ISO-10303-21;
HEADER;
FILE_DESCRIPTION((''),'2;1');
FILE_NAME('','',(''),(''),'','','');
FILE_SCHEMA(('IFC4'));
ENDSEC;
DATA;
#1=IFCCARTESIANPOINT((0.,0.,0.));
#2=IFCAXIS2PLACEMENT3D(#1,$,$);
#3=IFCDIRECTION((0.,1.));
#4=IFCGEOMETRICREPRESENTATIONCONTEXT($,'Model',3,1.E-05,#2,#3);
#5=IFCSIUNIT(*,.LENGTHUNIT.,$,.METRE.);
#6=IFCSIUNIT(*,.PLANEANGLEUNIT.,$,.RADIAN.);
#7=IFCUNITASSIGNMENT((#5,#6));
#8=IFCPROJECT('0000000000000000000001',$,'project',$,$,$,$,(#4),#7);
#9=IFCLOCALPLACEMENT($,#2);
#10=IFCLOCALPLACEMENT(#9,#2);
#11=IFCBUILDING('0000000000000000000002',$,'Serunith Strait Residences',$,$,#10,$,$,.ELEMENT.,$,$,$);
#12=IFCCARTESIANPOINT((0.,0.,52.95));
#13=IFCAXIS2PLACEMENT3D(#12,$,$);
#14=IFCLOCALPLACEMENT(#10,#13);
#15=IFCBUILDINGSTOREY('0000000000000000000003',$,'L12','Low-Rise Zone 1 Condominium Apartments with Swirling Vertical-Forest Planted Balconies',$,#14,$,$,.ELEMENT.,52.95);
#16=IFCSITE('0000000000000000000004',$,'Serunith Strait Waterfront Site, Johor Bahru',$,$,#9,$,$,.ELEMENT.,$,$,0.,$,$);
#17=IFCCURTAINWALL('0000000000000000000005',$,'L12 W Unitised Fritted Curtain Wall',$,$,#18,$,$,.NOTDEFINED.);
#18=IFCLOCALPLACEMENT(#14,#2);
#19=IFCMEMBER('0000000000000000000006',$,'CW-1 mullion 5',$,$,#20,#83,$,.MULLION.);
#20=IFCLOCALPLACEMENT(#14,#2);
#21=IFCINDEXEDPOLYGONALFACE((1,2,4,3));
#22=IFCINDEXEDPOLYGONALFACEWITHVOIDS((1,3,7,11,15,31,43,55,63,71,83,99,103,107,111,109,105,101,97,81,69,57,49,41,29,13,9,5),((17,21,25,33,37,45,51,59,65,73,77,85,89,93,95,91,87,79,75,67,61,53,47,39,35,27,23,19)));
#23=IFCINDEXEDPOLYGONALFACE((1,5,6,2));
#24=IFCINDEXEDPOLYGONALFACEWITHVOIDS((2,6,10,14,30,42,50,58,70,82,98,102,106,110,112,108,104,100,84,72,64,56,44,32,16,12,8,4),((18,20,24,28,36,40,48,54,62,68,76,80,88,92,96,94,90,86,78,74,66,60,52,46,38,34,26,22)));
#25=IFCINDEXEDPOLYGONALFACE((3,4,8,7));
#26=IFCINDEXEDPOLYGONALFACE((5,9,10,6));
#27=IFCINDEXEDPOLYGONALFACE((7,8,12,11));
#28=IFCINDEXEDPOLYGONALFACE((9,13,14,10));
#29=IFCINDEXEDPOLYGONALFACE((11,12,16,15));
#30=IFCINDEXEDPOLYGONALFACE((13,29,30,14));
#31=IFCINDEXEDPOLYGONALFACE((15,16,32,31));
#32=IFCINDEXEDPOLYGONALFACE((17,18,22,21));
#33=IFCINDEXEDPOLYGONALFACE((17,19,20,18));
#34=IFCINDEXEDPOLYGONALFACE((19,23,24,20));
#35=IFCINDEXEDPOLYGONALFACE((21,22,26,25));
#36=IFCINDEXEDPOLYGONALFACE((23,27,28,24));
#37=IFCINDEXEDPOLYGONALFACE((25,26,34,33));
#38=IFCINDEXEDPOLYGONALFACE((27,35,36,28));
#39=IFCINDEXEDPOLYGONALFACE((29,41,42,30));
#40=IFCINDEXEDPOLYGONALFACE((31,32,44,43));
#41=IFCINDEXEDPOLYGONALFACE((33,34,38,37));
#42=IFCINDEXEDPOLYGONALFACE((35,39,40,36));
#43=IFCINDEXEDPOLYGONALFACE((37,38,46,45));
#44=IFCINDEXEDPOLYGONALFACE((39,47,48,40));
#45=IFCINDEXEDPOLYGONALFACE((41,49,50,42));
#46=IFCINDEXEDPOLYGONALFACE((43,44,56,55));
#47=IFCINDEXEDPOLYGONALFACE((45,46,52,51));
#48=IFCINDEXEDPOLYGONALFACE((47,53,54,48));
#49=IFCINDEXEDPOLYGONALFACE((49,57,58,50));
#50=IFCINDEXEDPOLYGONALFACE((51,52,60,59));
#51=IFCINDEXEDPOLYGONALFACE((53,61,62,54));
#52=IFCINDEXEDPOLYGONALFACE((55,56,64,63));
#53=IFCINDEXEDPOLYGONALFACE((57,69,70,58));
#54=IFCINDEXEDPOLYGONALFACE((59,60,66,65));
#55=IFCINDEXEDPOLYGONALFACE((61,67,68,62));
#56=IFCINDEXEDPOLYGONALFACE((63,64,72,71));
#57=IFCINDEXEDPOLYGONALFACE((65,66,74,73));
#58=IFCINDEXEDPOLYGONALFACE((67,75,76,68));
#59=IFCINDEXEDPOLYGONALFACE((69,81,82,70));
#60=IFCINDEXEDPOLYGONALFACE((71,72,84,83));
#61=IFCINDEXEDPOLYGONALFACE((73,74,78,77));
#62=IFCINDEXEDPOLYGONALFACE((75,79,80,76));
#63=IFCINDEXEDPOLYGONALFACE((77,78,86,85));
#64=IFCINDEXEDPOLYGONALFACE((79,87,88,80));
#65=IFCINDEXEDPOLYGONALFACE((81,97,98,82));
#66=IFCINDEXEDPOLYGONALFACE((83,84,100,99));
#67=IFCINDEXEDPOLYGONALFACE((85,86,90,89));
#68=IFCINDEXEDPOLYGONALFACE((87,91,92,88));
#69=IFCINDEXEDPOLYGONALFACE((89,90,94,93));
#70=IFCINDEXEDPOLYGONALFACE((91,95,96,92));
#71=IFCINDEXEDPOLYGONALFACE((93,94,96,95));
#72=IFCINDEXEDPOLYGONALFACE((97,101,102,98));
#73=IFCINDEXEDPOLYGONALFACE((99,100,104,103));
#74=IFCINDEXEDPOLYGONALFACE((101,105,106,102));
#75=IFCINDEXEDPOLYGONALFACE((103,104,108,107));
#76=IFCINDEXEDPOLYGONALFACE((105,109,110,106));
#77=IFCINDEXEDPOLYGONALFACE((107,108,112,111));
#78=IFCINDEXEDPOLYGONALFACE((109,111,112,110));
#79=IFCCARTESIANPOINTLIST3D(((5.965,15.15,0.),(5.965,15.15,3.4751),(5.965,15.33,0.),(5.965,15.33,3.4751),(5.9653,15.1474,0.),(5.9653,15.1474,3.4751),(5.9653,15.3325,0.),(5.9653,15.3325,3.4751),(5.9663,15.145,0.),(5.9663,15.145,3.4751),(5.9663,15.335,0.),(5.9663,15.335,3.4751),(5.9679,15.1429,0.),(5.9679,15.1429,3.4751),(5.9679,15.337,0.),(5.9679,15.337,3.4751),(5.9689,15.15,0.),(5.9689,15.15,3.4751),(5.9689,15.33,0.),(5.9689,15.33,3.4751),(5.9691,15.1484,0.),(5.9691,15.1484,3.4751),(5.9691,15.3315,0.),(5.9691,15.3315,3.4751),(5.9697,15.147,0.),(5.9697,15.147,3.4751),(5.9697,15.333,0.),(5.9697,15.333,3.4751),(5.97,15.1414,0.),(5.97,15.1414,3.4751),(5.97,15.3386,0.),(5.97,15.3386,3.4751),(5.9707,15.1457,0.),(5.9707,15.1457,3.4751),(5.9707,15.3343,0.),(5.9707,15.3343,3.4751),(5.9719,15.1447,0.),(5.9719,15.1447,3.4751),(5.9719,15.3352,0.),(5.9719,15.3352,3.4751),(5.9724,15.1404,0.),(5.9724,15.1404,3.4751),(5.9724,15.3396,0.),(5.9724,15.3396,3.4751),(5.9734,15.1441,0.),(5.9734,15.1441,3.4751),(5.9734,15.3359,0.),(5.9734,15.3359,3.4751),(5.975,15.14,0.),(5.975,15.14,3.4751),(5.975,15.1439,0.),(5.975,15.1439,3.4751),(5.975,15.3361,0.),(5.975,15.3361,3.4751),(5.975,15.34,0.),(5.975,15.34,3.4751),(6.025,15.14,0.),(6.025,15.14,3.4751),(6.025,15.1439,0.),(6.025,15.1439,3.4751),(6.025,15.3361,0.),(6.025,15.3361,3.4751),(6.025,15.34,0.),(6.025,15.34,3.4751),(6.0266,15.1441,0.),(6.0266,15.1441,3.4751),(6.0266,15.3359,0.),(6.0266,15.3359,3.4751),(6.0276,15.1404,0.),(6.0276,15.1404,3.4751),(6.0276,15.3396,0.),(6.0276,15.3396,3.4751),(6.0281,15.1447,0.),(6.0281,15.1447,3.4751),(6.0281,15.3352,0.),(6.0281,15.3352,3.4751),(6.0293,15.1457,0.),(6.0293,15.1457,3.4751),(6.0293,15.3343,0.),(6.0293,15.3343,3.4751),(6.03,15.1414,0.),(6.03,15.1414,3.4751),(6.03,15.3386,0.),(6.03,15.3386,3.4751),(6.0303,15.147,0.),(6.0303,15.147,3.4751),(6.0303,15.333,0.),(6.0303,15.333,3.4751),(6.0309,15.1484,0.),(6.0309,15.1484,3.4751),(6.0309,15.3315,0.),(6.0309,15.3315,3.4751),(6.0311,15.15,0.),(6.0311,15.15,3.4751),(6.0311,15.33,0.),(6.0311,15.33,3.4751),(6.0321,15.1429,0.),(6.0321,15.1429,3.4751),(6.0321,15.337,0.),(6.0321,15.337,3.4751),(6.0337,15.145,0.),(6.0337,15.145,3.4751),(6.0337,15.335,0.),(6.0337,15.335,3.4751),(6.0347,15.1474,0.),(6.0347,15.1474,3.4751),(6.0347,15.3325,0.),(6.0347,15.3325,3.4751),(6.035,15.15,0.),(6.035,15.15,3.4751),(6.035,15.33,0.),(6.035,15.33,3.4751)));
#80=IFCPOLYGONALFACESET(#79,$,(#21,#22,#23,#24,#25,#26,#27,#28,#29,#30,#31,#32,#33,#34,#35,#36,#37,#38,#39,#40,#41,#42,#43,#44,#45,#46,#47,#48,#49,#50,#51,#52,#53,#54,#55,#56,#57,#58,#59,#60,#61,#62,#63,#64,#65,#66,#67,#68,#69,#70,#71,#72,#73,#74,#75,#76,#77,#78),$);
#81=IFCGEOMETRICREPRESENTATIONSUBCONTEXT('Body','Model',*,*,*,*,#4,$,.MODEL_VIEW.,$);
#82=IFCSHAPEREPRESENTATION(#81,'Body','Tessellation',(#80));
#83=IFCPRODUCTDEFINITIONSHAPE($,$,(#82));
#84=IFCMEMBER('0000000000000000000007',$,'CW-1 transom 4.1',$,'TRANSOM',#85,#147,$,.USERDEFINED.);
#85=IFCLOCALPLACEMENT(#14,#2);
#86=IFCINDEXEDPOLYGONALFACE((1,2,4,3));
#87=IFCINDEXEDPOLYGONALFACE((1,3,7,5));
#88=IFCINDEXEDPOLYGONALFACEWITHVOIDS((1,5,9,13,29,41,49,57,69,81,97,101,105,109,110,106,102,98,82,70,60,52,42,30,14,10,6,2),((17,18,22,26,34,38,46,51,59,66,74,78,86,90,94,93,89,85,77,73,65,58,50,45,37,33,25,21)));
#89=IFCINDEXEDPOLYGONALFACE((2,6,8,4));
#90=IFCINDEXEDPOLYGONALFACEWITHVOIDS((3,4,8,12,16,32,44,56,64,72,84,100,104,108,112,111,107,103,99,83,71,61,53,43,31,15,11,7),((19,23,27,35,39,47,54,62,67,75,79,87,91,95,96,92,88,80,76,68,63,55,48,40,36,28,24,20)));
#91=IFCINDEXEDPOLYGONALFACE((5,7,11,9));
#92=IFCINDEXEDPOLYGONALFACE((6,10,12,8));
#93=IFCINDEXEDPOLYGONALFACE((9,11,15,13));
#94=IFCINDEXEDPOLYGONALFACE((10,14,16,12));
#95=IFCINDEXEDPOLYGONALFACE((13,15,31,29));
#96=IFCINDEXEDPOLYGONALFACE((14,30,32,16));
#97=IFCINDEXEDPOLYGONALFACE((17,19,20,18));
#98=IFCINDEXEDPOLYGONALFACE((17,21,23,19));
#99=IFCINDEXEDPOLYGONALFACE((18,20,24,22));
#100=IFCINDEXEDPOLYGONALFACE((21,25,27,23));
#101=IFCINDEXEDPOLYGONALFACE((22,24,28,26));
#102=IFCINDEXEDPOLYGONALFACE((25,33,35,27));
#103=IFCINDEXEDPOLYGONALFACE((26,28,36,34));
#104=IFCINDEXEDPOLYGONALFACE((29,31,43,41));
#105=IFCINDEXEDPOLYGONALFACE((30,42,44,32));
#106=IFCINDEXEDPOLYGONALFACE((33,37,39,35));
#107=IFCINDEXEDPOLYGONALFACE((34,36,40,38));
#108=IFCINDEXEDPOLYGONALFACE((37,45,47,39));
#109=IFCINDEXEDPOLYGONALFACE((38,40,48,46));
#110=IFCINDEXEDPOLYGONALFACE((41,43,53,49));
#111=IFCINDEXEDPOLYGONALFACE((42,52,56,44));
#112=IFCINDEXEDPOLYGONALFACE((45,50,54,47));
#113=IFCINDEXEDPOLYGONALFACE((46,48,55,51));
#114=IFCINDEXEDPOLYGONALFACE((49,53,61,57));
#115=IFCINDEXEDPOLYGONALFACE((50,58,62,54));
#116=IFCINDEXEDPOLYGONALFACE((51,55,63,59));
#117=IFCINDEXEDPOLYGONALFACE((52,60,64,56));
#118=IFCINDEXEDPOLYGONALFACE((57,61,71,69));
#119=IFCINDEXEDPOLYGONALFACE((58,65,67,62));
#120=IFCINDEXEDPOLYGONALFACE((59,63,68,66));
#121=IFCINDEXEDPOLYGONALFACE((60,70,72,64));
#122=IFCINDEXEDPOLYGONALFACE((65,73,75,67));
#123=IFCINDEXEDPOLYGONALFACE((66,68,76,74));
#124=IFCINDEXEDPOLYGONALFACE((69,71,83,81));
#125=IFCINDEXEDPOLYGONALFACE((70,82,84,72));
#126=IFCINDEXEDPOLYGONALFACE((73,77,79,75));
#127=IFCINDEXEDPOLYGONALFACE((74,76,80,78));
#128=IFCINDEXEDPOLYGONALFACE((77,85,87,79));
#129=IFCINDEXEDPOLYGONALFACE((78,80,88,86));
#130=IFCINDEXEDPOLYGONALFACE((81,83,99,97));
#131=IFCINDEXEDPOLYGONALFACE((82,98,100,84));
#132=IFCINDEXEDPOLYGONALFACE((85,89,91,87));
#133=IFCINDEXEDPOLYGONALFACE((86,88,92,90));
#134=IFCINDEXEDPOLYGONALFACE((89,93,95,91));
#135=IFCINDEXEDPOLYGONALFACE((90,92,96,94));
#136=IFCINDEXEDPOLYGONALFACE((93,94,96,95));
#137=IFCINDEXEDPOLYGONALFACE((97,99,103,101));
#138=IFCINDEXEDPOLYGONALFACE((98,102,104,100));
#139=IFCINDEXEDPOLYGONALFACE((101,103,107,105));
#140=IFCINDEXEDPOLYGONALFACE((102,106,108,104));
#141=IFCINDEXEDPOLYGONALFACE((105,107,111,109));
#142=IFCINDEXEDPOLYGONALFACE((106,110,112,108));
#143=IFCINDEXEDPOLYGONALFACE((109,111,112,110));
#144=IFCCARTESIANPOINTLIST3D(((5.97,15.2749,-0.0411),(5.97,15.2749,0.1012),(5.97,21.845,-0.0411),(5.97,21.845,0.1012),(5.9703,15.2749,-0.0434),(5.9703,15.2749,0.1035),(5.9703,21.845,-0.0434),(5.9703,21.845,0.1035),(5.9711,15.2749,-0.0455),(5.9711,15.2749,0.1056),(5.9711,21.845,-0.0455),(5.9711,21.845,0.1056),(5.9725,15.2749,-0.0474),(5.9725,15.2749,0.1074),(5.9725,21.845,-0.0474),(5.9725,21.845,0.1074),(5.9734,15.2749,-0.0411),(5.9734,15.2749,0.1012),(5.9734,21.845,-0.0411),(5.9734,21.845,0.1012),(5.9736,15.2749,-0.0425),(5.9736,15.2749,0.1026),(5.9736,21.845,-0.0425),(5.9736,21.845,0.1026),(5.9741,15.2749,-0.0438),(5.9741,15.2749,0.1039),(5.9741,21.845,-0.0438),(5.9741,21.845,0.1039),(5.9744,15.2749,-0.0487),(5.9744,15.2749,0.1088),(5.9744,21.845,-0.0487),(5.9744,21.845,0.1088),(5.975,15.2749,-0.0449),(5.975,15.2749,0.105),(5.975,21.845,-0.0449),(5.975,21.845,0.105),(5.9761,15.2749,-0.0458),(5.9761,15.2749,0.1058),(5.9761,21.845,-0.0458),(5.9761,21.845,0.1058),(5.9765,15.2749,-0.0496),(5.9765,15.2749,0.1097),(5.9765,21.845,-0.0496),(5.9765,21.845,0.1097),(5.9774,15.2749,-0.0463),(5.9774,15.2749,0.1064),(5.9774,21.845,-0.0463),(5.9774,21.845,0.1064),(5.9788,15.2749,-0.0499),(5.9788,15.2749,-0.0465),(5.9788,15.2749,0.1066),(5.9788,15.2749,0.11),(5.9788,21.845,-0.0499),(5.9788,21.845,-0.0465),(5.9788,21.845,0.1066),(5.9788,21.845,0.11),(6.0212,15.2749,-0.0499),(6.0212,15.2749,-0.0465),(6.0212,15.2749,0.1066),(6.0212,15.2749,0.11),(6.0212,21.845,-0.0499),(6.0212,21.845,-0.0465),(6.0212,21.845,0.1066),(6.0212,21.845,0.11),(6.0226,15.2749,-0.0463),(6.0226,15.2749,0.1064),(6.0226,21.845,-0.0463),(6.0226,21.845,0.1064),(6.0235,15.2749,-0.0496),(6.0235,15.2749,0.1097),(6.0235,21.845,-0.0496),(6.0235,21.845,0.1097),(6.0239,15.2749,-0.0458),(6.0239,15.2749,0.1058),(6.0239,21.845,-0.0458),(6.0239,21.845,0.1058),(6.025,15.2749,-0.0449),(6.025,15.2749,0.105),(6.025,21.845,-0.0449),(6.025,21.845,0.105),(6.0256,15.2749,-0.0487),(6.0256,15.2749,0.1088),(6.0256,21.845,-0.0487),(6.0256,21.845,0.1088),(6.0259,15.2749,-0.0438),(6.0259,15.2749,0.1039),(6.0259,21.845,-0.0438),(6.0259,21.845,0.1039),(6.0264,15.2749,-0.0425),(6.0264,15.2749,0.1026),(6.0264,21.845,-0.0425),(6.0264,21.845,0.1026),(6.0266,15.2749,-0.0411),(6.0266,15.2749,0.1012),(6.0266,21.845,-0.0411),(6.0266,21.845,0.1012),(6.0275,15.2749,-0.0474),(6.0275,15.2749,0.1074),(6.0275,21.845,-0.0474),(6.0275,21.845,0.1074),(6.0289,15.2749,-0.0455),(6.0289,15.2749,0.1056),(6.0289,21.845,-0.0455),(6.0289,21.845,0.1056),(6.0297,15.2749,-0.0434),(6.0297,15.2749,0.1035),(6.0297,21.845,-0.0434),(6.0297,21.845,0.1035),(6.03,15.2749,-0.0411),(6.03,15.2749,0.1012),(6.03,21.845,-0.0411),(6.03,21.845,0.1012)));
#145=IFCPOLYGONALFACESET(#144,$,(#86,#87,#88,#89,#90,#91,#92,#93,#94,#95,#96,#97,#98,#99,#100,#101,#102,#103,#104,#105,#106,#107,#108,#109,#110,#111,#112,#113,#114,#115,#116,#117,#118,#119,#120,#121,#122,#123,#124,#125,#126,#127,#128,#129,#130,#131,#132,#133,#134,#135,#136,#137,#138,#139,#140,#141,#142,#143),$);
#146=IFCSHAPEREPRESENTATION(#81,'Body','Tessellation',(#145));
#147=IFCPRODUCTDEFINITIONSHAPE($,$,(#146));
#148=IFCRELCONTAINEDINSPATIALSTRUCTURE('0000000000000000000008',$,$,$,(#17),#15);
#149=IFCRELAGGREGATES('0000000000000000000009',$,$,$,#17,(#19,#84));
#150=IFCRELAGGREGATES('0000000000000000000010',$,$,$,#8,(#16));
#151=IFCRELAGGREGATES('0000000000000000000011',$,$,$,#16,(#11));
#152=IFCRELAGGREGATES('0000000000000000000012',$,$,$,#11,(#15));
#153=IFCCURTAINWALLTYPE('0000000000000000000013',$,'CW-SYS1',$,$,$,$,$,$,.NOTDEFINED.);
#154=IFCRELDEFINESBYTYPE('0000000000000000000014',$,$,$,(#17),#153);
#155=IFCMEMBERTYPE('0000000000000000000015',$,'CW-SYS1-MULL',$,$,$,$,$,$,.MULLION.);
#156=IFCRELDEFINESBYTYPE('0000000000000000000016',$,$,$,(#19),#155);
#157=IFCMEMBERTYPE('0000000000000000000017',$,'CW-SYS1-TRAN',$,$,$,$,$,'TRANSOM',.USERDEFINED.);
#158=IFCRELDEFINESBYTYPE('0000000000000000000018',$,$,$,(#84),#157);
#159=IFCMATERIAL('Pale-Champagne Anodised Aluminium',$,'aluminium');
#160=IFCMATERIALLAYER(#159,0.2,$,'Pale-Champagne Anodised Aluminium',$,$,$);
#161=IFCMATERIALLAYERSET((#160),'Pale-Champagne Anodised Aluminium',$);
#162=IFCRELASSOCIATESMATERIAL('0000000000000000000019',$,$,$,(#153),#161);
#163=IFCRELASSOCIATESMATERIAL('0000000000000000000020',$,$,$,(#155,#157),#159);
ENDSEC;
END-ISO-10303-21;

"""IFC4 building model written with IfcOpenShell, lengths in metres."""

from ifc_helpers import new_model, si_unit, direction, frame, origin, origin_2d, place, context, subcontext, project, spatial, hollow_rectangle, extrude, source, transform, mapped, material, layer, layer_set, material_profile, profile_set, type_object, element, aggregate, save


model = new_model("IFC4")

# Units and contexts
model_context = context("Model", 3, precision=1e-05, world=origin(), true_north=direction((0.0, 1.0)))
body_context = subcontext(model_context, "Body", "Model", "MODEL_VIEW")
ifc_project = project(units=[si_unit("LENGTHUNIT", "METRE"), si_unit("PLANEANGLEUNIT", "RADIAN")], contexts=[model_context])

# Site, building, storey
site_placement = place(None, origin())
site = spatial("IfcSite", under=ifc_project, at=site_placement, Name="Serunith Strait Waterfront Site, Johor Bahru", CompositionType="ELEMENT", RefElevation=0.0)
building_placement = place(site_placement, origin())
building = spatial("IfcBuilding", under=site, at=building_placement, Name="Serunith Strait Residences", CompositionType="ELEMENT")
storey_placement = place(building_placement, frame((0.0, 0.0, 52.95)))
storey = spatial("IfcBuildingStorey", under=building, at=storey_placement, Name="L12", Description="Low-Rise Zone 1 Condominium Apartments with Swirling Vertical-Forest Planted Balconies", CompositionType="ELEMENT", Elevation=52.95)

# Curtain wall, members
ifc_material_1 = material(Name="Pale-Champagne Anodised Aluminium", Category="aluminium")
ifc_layer_1 = layer(ifc_material_1, 0.2, Name="Pale-Champagne Anodised Aluminium")
ifc_layer_set_1 = layer_set([ifc_layer_1], Name="Pale-Champagne Anodised Aluminium")
curtain_wall_type = type_object("IfcCurtainWallType", Name="CW-SYS1", PredefinedType="NOTDEFINED", material=ifc_layer_set_1)
curtain_wall_placement = place(storey_placement, origin())
curtain_wall = element("IfcCurtainWall", 1, at=curtain_wall_placement, inside=storey, type_object=curtain_wall_type, Name="L12 W Unitised Fritted Curtain Wall", PredefinedType="NOTDEFINED")
ifc_material_profile_1 = material_profile(ifc_material_1, hollow_rectangle(XDim=0.0701, YDim=0.2, WallThickness=0.0039, InnerFilletRadius=0.0061, OuterFilletRadius=0.01, at=origin_2d()), Name="ALU 200x70x4")
ifc_profile_set_1 = profile_set([ifc_material_profile_1], Name="Pale-Champagne Anodised Aluminium")
member_type_1 = type_object("IfcMemberType", Name="CW-SYS1-MULL", PredefinedType="MULLION", material=ifc_profile_set_1)
shared_shape_1 = source(origin(), body_context, "Body", "SweptSolid", [
    extrude(hollow_rectangle(XDim=0.0701, YDim=0.2, WallThickness=0.0039, InnerFilletRadius=0.0061, OuterFilletRadius=0.01, at=origin_2d()), origin(), (0.0, 0.0, 1.0), 3.4751),
])
member_1_placement = place(storey_placement, frame((6.0, 15.24, 0.0), z_axis=(0.0, 0.0, 1.0), x_axis=(1.0, 0.0, 0.0)))
member_1 = element("IfcMember", 2, at=member_1_placement, type_object=member_type_1, Name="CW-1 mullion 5", PredefinedType="MULLION", context=body_context, shape_type="MappedRepresentation", body=[
    mapped(shared_shape_1, transform((0.0, 0.0, 0.0), scale=1.0)),
])
ifc_material_profile_2 = material_profile(ifc_material_1, hollow_rectangle(XDim=0.0601, YDim=0.1599, WallThickness=0.0034, InnerFilletRadius=0.0054, OuterFilletRadius=0.0088, at=origin_2d()), Name="ALU 160x60x3.5")
ifc_profile_set_2 = profile_set([ifc_material_profile_2], Name="Pale-Champagne Anodised Aluminium")
member_type_2 = type_object("IfcMemberType", Name="CW-SYS1-TRAN", ElementType="TRANSOM", PredefinedType="USERDEFINED", material=ifc_profile_set_2)
shared_shape_2 = source(origin(), body_context, "Body", "SweptSolid", [
    extrude(hollow_rectangle(XDim=0.0601, YDim=0.1599, WallThickness=0.0034, InnerFilletRadius=0.0054, OuterFilletRadius=0.0088, at=origin_2d()), origin(), (0.0, 0.0, 1.0), 6.5701),
])
member_2_placement = place(storey_placement, frame((6.0, 21.845, 0.03), z_axis=(0.0, -1.0, 0.0), x_axis=(1.0, 0.0, 0.0)))
member_2 = element("IfcMember", 3, at=member_2_placement, type_object=member_type_2, Name="CW-1 transom 4.1", ObjectType="TRANSOM", PredefinedType="USERDEFINED", context=body_context, shape_type="MappedRepresentation", body=[
    mapped(shared_shape_2, transform((0.0, 0.0, 0.0), scale=1.0)),
])
aggregate(curtain_wall, [member_1, member_2])

save(model, "model.ifc")
